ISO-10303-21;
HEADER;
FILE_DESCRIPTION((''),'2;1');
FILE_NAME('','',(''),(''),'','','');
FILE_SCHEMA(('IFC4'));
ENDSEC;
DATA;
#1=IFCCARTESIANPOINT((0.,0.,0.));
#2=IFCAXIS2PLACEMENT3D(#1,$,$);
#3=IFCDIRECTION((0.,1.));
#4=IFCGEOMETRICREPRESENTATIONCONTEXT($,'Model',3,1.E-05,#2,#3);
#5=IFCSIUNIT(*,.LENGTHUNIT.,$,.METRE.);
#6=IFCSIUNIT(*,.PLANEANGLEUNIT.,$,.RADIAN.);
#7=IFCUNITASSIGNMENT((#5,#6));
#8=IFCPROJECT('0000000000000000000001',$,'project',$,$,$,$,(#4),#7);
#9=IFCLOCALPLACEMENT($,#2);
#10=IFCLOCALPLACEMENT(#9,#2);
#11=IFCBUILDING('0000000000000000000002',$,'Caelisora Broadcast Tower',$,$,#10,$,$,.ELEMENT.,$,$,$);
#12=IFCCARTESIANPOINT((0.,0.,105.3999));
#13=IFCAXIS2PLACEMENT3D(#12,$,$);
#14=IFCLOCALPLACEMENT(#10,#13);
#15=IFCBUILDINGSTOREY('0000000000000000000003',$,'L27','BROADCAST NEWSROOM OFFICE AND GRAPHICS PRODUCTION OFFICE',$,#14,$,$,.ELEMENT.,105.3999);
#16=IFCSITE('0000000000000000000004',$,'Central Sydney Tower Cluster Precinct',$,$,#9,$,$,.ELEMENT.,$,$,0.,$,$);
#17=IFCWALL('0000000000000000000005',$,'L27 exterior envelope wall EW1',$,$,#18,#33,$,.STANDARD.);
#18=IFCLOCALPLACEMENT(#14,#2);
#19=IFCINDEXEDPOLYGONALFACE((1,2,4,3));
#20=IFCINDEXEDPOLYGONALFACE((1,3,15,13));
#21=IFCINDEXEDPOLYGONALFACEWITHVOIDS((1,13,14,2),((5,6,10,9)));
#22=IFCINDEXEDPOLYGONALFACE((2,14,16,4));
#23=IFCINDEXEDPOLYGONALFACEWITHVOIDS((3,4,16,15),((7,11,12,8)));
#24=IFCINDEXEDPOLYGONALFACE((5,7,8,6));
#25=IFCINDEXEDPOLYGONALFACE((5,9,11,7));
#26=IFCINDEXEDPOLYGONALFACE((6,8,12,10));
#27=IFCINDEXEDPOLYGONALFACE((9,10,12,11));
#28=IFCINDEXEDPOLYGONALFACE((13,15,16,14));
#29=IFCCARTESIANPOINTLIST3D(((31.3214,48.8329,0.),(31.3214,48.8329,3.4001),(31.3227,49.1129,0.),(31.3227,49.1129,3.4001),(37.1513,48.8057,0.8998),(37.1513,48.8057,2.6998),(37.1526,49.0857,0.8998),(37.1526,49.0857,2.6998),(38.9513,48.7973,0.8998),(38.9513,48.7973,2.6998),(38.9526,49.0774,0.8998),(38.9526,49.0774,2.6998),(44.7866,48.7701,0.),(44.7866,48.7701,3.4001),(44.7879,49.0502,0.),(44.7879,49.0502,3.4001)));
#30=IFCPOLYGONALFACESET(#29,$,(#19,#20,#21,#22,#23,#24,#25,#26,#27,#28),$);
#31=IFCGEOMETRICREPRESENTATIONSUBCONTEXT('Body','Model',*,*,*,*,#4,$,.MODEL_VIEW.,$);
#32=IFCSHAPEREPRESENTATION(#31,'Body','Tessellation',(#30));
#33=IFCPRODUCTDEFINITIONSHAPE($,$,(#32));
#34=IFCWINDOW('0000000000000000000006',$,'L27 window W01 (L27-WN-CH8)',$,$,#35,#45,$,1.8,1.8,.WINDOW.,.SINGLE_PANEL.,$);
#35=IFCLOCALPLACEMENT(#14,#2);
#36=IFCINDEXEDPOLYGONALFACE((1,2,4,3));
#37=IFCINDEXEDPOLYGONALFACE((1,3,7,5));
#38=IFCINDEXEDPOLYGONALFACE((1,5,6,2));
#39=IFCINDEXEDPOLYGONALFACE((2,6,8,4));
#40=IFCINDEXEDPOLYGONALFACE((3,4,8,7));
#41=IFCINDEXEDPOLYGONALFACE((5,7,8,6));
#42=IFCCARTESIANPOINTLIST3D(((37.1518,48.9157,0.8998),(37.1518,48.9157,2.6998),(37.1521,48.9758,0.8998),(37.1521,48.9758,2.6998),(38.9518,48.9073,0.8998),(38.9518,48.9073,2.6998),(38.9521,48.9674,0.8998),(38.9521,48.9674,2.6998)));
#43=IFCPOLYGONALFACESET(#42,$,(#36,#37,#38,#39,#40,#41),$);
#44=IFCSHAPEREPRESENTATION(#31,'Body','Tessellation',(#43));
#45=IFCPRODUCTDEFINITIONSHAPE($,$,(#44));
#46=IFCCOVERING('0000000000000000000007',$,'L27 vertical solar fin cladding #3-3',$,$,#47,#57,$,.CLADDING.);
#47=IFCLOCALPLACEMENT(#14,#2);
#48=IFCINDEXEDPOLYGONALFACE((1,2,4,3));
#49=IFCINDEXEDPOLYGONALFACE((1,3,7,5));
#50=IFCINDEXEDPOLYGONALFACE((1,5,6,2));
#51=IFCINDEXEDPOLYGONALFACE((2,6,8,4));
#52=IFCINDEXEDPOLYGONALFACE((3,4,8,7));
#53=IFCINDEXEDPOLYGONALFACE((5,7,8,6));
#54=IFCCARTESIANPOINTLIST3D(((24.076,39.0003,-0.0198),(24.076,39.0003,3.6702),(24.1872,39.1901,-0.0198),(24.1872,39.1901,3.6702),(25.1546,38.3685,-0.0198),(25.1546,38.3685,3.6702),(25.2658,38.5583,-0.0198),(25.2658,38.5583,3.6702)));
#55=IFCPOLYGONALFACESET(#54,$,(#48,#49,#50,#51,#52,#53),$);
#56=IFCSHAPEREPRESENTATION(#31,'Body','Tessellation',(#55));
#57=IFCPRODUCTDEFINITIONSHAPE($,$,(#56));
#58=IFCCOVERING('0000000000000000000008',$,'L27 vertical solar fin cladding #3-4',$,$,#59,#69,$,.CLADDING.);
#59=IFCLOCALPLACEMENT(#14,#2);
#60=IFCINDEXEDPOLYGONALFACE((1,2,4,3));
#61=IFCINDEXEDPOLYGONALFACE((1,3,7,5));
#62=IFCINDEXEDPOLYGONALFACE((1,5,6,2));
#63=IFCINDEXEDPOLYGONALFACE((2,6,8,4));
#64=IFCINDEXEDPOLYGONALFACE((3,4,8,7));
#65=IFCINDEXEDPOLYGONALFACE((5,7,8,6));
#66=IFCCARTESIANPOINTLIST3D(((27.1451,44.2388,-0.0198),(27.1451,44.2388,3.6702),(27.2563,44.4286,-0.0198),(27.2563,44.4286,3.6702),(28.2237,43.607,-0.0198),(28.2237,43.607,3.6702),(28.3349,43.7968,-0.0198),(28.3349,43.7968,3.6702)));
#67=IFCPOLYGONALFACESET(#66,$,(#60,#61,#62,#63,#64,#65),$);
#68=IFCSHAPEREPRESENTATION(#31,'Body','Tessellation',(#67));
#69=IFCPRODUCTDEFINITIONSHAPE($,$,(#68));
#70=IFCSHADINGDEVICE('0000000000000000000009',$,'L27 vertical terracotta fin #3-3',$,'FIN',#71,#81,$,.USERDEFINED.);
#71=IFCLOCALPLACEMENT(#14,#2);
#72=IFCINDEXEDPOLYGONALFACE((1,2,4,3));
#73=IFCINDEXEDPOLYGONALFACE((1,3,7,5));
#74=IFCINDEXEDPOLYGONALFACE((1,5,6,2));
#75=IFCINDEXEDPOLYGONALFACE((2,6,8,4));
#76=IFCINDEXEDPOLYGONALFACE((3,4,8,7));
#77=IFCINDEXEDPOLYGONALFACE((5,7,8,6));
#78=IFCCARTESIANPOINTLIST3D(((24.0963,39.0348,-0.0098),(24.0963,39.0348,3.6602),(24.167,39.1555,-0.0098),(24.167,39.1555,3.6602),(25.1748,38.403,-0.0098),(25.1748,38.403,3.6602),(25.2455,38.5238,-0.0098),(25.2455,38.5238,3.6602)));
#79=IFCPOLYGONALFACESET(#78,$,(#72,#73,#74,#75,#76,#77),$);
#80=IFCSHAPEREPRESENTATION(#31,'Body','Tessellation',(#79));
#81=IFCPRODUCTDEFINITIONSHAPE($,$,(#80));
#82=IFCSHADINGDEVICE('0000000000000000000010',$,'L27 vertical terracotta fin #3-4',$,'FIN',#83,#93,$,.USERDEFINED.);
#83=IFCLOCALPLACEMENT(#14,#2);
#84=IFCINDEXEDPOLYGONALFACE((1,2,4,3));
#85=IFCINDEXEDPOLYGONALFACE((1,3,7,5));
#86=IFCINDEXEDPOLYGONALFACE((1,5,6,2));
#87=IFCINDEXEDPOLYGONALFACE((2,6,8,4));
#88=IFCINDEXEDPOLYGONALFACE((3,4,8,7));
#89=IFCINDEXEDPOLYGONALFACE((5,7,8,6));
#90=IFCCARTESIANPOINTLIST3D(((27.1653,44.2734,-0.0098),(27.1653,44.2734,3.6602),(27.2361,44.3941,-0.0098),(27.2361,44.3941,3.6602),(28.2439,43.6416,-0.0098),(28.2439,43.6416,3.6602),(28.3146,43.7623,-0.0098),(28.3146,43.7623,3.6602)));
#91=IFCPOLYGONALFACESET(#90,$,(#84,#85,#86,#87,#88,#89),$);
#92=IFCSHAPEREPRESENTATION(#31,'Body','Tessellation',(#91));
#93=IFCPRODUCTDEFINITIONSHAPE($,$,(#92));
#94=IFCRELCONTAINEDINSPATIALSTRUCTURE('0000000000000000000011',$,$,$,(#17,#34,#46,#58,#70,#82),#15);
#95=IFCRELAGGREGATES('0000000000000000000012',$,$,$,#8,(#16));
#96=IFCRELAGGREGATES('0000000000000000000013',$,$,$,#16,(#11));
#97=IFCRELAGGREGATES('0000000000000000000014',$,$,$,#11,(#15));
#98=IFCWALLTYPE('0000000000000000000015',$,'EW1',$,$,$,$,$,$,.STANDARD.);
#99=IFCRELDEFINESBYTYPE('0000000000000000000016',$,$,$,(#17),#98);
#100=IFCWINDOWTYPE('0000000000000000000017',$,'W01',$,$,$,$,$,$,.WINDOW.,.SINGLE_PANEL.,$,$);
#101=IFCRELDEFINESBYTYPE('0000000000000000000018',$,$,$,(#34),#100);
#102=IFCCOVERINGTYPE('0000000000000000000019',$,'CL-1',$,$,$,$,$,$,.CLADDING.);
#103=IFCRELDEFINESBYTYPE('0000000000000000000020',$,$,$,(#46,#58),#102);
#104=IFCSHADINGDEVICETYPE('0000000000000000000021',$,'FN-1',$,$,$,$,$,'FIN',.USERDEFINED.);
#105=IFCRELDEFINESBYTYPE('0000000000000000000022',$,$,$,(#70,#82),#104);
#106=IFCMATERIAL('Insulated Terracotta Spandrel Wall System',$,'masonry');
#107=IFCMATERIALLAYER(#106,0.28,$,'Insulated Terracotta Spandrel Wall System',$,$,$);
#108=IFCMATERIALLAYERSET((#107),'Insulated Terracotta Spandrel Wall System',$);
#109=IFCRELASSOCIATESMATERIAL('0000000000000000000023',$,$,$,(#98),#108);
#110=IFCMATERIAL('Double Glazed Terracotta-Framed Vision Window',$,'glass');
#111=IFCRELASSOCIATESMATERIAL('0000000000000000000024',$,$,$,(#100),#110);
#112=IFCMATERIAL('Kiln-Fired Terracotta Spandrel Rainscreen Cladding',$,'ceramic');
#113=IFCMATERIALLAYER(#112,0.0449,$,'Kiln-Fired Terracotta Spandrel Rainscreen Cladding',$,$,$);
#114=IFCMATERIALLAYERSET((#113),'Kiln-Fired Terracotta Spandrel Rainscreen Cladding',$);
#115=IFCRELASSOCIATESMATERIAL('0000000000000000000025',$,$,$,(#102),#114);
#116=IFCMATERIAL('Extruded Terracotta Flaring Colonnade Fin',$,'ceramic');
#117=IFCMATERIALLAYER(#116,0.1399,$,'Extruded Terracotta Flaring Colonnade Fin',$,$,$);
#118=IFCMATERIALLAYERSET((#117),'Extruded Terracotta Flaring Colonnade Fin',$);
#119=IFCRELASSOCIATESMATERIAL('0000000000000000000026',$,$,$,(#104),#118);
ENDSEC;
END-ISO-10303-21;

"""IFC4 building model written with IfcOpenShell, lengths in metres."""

from ifc_helpers import new_model, si_unit, direction, frame, frame_2d, origin, origin_2d, place, context, subcontext, project, spatial, rectangle, extrude, source, transform, mapped, material, layer, layer_set, type_object, type_shapes, element, fill, save


model = new_model("IFC4")

# Units and contexts
model_context = context("Model", 3, precision=1e-05, world=origin(), true_north=direction((0.0, 1.0)))
body_context = subcontext(model_context, "Body", "Model", "MODEL_VIEW")
ifc_project = project(units=[si_unit("LENGTHUNIT", "METRE"), si_unit("PLANEANGLEUNIT", "RADIAN")], contexts=[model_context])

# Site, building, storey
site_placement = place(None, origin())
site = spatial("IfcSite", under=ifc_project, at=site_placement, Name="Central Sydney Tower Cluster Precinct", CompositionType="ELEMENT", RefElevation=0.0)
building_placement = place(site_placement, origin())
building = spatial("IfcBuilding", under=site, at=building_placement, Name="Caelisora Broadcast Tower", CompositionType="ELEMENT")
storey_placement = place(building_placement, frame((0.0, 0.0, 105.3999)))
storey = spatial("IfcBuildingStorey", under=building, at=storey_placement, Name="L27", Description="BROADCAST NEWSROOM OFFICE AND GRAPHICS PRODUCTION OFFICE", CompositionType="ELEMENT", Elevation=105.3999)

# Wall, opening, window
ifc_material_1 = material(Name="Insulated Terracotta Spandrel Wall System", Category="masonry")
ifc_layer_1 = layer(ifc_material_1, 0.28, Name="Insulated Terracotta Spandrel Wall System")
ifc_layer_set_1 = layer_set([ifc_layer_1], Name="Insulated Terracotta Spandrel Wall System")
wall_type = type_object("IfcWallType", Name="EW1", PredefinedType="STANDARD", material=ifc_layer_set_1)
wall_placement = place(storey_placement, frame((31.322, 48.9729, 0.0), z_axis=(0.0, 0.0, 1.0), x_axis=(0.999989, -0.00466, 0.0)))
wall = element("IfcWall", 1, at=wall_placement, inside=storey, type_object=wall_type, Name="L27 exterior envelope wall EW1", PredefinedType="STANDARD", context=body_context, shape_type="SweptSolid", body=[
    extrude(rectangle(XDim=13.4653, YDim=0.28, at=frame_2d((6.7327, 0.0))), origin(), (0.0, 0.0, 1.0), 3.4001),
])
opening_placement = place(wall_placement, frame((5.8301, 0.0, 0.8999)))
opening = element("IfcOpeningElement", 2, at=opening_placement, cuts=wall, PredefinedType="OPENING", context=body_context, shape_type="SweptSolid", body=[
    extrude(rectangle(XDim=1.8, YDim=1.8, at=frame_2d((0.8999, 0.8999))), frame((0.0, 0.1521, 0.0), z_axis=(0.0, -1.0, 0.0), x_axis=(1.0, 0.0, 0.0)), (0.0, 0.0, 1.0), 0.304),
])
ifc_material_2 = material(Name="Double Glazed Terracotta-Framed Vision Window", Category="glass")
window_type = type_object("IfcWindowType", Name="W01", PartitioningType="SINGLE_PANEL", PredefinedType="WINDOW", material=ifc_material_2)
window_placement = place(opening_placement, origin())
window = element("IfcWindow", 3, at=window_placement, inside=storey, type_object=window_type, Name="L27 window W01 (L27-WN-CH8)", OverallHeight=1.8, OverallWidth=1.8, PartitioningType="SINGLE_PANEL", PredefinedType="WINDOW", context=body_context, shape_type="SweptSolid", body=[
    extrude(rectangle(XDim=1.8, YDim=1.8, at=frame_2d((0.8999, 0.8999))), frame((0.0, 0.03, 0.0), z_axis=(0.0, -1.0, 0.0), x_axis=(1.0, 0.0, 0.0)), (0.0, 0.0, 1.0), 0.0601),
])
fill(opening, window)

# Coverings
ifc_material_3 = material(Name="Kiln-Fired Terracotta Spandrel Rainscreen Cladding", Category="ceramic")
ifc_layer_2 = layer(ifc_material_3, 0.0449, Name="Kiln-Fired Terracotta Spandrel Rainscreen Cladding")
ifc_layer_set_2 = layer_set([ifc_layer_2], Name="Kiln-Fired Terracotta Spandrel Rainscreen Cladding")
covering_type = type_object("IfcCoveringType", Name="CL-1", PredefinedType="CLADDING", material=ifc_layer_set_2)
shared_shape_1 = source(origin(), body_context, "Body", "SweptSolid", [
    extrude(rectangle(XDim=0.22, YDim=1.25, at=origin_2d()), origin(), (0.0, 0.0, 1.0), 3.6899),
])
type_shapes(covering_type, [shared_shape_1])
for number, where, z_axis, x_axis, name in (
    (4, (24.6709, 38.7793, -0.0198), (0.0, 0.0, 1.0), (0.505431, 0.862867, 0.0), "L27 vertical solar fin cladding #3-3"),
    (5, (27.74, 44.0178, -0.0198), (0.0, 0.0, 1.0), (0.505431, 0.862867, 0.0), "L27 vertical solar fin cladding #3-4"),
):
    element("IfcCovering", number, at=place(storey_placement, frame(where, z_axis=z_axis, x_axis=x_axis)), inside=storey, type_object=covering_type, Name=name, PredefinedType="CLADDING", context=body_context, shape_type="MappedRepresentation", body=[
        mapped(shared_shape_1, transform((0.0, 0.0, 0.0), scale=1.0)),
    ])

# Shading devices
ifc_material_4 = material(Name="Extruded Terracotta Flaring Colonnade Fin", Category="ceramic")
ifc_layer_3 = layer(ifc_material_4, 0.1399, Name="Extruded Terracotta Flaring Colonnade Fin")
ifc_layer_set_3 = layer_set([ifc_layer_3], Name="Extruded Terracotta Flaring Colonnade Fin")
shading_device_type = type_object("IfcShadingDeviceType", Name="FN-1", ElementType="FIN", PredefinedType="USERDEFINED", material=ifc_layer_set_3)
shared_shape_2 = source(origin(), body_context, "Body", "SweptSolid", [
    extrude(rectangle(XDim=0.1399, YDim=1.25, at=origin_2d()), origin(), (0.0, 0.0, 1.0), 3.6699),
])
type_shapes(shading_device_type, [shared_shape_2])
for number, where, z_axis, x_axis, name in (
    (6, (24.6709, 38.7793, -0.0098), (0.0, 0.0, 1.0), (0.505431, 0.862867, 0.0), "L27 vertical terracotta fin #3-3"),
    (7, (27.74, 44.0178, -0.0098), (0.0, 0.0, 1.0), (0.505431, 0.862867, 0.0), "L27 vertical terracotta fin #3-4"),
):
    element("IfcShadingDevice", number, at=place(storey_placement, frame(where, z_axis=z_axis, x_axis=x_axis)), inside=storey, type_object=shading_device_type, Name=name, ObjectType="FIN", PredefinedType="USERDEFINED", context=body_context, shape_type="MappedRepresentation", body=[
        mapped(shared_shape_2, transform((0.0, 0.0, 0.0), scale=1.0)),
    ])

save(model, "model.ifc")
